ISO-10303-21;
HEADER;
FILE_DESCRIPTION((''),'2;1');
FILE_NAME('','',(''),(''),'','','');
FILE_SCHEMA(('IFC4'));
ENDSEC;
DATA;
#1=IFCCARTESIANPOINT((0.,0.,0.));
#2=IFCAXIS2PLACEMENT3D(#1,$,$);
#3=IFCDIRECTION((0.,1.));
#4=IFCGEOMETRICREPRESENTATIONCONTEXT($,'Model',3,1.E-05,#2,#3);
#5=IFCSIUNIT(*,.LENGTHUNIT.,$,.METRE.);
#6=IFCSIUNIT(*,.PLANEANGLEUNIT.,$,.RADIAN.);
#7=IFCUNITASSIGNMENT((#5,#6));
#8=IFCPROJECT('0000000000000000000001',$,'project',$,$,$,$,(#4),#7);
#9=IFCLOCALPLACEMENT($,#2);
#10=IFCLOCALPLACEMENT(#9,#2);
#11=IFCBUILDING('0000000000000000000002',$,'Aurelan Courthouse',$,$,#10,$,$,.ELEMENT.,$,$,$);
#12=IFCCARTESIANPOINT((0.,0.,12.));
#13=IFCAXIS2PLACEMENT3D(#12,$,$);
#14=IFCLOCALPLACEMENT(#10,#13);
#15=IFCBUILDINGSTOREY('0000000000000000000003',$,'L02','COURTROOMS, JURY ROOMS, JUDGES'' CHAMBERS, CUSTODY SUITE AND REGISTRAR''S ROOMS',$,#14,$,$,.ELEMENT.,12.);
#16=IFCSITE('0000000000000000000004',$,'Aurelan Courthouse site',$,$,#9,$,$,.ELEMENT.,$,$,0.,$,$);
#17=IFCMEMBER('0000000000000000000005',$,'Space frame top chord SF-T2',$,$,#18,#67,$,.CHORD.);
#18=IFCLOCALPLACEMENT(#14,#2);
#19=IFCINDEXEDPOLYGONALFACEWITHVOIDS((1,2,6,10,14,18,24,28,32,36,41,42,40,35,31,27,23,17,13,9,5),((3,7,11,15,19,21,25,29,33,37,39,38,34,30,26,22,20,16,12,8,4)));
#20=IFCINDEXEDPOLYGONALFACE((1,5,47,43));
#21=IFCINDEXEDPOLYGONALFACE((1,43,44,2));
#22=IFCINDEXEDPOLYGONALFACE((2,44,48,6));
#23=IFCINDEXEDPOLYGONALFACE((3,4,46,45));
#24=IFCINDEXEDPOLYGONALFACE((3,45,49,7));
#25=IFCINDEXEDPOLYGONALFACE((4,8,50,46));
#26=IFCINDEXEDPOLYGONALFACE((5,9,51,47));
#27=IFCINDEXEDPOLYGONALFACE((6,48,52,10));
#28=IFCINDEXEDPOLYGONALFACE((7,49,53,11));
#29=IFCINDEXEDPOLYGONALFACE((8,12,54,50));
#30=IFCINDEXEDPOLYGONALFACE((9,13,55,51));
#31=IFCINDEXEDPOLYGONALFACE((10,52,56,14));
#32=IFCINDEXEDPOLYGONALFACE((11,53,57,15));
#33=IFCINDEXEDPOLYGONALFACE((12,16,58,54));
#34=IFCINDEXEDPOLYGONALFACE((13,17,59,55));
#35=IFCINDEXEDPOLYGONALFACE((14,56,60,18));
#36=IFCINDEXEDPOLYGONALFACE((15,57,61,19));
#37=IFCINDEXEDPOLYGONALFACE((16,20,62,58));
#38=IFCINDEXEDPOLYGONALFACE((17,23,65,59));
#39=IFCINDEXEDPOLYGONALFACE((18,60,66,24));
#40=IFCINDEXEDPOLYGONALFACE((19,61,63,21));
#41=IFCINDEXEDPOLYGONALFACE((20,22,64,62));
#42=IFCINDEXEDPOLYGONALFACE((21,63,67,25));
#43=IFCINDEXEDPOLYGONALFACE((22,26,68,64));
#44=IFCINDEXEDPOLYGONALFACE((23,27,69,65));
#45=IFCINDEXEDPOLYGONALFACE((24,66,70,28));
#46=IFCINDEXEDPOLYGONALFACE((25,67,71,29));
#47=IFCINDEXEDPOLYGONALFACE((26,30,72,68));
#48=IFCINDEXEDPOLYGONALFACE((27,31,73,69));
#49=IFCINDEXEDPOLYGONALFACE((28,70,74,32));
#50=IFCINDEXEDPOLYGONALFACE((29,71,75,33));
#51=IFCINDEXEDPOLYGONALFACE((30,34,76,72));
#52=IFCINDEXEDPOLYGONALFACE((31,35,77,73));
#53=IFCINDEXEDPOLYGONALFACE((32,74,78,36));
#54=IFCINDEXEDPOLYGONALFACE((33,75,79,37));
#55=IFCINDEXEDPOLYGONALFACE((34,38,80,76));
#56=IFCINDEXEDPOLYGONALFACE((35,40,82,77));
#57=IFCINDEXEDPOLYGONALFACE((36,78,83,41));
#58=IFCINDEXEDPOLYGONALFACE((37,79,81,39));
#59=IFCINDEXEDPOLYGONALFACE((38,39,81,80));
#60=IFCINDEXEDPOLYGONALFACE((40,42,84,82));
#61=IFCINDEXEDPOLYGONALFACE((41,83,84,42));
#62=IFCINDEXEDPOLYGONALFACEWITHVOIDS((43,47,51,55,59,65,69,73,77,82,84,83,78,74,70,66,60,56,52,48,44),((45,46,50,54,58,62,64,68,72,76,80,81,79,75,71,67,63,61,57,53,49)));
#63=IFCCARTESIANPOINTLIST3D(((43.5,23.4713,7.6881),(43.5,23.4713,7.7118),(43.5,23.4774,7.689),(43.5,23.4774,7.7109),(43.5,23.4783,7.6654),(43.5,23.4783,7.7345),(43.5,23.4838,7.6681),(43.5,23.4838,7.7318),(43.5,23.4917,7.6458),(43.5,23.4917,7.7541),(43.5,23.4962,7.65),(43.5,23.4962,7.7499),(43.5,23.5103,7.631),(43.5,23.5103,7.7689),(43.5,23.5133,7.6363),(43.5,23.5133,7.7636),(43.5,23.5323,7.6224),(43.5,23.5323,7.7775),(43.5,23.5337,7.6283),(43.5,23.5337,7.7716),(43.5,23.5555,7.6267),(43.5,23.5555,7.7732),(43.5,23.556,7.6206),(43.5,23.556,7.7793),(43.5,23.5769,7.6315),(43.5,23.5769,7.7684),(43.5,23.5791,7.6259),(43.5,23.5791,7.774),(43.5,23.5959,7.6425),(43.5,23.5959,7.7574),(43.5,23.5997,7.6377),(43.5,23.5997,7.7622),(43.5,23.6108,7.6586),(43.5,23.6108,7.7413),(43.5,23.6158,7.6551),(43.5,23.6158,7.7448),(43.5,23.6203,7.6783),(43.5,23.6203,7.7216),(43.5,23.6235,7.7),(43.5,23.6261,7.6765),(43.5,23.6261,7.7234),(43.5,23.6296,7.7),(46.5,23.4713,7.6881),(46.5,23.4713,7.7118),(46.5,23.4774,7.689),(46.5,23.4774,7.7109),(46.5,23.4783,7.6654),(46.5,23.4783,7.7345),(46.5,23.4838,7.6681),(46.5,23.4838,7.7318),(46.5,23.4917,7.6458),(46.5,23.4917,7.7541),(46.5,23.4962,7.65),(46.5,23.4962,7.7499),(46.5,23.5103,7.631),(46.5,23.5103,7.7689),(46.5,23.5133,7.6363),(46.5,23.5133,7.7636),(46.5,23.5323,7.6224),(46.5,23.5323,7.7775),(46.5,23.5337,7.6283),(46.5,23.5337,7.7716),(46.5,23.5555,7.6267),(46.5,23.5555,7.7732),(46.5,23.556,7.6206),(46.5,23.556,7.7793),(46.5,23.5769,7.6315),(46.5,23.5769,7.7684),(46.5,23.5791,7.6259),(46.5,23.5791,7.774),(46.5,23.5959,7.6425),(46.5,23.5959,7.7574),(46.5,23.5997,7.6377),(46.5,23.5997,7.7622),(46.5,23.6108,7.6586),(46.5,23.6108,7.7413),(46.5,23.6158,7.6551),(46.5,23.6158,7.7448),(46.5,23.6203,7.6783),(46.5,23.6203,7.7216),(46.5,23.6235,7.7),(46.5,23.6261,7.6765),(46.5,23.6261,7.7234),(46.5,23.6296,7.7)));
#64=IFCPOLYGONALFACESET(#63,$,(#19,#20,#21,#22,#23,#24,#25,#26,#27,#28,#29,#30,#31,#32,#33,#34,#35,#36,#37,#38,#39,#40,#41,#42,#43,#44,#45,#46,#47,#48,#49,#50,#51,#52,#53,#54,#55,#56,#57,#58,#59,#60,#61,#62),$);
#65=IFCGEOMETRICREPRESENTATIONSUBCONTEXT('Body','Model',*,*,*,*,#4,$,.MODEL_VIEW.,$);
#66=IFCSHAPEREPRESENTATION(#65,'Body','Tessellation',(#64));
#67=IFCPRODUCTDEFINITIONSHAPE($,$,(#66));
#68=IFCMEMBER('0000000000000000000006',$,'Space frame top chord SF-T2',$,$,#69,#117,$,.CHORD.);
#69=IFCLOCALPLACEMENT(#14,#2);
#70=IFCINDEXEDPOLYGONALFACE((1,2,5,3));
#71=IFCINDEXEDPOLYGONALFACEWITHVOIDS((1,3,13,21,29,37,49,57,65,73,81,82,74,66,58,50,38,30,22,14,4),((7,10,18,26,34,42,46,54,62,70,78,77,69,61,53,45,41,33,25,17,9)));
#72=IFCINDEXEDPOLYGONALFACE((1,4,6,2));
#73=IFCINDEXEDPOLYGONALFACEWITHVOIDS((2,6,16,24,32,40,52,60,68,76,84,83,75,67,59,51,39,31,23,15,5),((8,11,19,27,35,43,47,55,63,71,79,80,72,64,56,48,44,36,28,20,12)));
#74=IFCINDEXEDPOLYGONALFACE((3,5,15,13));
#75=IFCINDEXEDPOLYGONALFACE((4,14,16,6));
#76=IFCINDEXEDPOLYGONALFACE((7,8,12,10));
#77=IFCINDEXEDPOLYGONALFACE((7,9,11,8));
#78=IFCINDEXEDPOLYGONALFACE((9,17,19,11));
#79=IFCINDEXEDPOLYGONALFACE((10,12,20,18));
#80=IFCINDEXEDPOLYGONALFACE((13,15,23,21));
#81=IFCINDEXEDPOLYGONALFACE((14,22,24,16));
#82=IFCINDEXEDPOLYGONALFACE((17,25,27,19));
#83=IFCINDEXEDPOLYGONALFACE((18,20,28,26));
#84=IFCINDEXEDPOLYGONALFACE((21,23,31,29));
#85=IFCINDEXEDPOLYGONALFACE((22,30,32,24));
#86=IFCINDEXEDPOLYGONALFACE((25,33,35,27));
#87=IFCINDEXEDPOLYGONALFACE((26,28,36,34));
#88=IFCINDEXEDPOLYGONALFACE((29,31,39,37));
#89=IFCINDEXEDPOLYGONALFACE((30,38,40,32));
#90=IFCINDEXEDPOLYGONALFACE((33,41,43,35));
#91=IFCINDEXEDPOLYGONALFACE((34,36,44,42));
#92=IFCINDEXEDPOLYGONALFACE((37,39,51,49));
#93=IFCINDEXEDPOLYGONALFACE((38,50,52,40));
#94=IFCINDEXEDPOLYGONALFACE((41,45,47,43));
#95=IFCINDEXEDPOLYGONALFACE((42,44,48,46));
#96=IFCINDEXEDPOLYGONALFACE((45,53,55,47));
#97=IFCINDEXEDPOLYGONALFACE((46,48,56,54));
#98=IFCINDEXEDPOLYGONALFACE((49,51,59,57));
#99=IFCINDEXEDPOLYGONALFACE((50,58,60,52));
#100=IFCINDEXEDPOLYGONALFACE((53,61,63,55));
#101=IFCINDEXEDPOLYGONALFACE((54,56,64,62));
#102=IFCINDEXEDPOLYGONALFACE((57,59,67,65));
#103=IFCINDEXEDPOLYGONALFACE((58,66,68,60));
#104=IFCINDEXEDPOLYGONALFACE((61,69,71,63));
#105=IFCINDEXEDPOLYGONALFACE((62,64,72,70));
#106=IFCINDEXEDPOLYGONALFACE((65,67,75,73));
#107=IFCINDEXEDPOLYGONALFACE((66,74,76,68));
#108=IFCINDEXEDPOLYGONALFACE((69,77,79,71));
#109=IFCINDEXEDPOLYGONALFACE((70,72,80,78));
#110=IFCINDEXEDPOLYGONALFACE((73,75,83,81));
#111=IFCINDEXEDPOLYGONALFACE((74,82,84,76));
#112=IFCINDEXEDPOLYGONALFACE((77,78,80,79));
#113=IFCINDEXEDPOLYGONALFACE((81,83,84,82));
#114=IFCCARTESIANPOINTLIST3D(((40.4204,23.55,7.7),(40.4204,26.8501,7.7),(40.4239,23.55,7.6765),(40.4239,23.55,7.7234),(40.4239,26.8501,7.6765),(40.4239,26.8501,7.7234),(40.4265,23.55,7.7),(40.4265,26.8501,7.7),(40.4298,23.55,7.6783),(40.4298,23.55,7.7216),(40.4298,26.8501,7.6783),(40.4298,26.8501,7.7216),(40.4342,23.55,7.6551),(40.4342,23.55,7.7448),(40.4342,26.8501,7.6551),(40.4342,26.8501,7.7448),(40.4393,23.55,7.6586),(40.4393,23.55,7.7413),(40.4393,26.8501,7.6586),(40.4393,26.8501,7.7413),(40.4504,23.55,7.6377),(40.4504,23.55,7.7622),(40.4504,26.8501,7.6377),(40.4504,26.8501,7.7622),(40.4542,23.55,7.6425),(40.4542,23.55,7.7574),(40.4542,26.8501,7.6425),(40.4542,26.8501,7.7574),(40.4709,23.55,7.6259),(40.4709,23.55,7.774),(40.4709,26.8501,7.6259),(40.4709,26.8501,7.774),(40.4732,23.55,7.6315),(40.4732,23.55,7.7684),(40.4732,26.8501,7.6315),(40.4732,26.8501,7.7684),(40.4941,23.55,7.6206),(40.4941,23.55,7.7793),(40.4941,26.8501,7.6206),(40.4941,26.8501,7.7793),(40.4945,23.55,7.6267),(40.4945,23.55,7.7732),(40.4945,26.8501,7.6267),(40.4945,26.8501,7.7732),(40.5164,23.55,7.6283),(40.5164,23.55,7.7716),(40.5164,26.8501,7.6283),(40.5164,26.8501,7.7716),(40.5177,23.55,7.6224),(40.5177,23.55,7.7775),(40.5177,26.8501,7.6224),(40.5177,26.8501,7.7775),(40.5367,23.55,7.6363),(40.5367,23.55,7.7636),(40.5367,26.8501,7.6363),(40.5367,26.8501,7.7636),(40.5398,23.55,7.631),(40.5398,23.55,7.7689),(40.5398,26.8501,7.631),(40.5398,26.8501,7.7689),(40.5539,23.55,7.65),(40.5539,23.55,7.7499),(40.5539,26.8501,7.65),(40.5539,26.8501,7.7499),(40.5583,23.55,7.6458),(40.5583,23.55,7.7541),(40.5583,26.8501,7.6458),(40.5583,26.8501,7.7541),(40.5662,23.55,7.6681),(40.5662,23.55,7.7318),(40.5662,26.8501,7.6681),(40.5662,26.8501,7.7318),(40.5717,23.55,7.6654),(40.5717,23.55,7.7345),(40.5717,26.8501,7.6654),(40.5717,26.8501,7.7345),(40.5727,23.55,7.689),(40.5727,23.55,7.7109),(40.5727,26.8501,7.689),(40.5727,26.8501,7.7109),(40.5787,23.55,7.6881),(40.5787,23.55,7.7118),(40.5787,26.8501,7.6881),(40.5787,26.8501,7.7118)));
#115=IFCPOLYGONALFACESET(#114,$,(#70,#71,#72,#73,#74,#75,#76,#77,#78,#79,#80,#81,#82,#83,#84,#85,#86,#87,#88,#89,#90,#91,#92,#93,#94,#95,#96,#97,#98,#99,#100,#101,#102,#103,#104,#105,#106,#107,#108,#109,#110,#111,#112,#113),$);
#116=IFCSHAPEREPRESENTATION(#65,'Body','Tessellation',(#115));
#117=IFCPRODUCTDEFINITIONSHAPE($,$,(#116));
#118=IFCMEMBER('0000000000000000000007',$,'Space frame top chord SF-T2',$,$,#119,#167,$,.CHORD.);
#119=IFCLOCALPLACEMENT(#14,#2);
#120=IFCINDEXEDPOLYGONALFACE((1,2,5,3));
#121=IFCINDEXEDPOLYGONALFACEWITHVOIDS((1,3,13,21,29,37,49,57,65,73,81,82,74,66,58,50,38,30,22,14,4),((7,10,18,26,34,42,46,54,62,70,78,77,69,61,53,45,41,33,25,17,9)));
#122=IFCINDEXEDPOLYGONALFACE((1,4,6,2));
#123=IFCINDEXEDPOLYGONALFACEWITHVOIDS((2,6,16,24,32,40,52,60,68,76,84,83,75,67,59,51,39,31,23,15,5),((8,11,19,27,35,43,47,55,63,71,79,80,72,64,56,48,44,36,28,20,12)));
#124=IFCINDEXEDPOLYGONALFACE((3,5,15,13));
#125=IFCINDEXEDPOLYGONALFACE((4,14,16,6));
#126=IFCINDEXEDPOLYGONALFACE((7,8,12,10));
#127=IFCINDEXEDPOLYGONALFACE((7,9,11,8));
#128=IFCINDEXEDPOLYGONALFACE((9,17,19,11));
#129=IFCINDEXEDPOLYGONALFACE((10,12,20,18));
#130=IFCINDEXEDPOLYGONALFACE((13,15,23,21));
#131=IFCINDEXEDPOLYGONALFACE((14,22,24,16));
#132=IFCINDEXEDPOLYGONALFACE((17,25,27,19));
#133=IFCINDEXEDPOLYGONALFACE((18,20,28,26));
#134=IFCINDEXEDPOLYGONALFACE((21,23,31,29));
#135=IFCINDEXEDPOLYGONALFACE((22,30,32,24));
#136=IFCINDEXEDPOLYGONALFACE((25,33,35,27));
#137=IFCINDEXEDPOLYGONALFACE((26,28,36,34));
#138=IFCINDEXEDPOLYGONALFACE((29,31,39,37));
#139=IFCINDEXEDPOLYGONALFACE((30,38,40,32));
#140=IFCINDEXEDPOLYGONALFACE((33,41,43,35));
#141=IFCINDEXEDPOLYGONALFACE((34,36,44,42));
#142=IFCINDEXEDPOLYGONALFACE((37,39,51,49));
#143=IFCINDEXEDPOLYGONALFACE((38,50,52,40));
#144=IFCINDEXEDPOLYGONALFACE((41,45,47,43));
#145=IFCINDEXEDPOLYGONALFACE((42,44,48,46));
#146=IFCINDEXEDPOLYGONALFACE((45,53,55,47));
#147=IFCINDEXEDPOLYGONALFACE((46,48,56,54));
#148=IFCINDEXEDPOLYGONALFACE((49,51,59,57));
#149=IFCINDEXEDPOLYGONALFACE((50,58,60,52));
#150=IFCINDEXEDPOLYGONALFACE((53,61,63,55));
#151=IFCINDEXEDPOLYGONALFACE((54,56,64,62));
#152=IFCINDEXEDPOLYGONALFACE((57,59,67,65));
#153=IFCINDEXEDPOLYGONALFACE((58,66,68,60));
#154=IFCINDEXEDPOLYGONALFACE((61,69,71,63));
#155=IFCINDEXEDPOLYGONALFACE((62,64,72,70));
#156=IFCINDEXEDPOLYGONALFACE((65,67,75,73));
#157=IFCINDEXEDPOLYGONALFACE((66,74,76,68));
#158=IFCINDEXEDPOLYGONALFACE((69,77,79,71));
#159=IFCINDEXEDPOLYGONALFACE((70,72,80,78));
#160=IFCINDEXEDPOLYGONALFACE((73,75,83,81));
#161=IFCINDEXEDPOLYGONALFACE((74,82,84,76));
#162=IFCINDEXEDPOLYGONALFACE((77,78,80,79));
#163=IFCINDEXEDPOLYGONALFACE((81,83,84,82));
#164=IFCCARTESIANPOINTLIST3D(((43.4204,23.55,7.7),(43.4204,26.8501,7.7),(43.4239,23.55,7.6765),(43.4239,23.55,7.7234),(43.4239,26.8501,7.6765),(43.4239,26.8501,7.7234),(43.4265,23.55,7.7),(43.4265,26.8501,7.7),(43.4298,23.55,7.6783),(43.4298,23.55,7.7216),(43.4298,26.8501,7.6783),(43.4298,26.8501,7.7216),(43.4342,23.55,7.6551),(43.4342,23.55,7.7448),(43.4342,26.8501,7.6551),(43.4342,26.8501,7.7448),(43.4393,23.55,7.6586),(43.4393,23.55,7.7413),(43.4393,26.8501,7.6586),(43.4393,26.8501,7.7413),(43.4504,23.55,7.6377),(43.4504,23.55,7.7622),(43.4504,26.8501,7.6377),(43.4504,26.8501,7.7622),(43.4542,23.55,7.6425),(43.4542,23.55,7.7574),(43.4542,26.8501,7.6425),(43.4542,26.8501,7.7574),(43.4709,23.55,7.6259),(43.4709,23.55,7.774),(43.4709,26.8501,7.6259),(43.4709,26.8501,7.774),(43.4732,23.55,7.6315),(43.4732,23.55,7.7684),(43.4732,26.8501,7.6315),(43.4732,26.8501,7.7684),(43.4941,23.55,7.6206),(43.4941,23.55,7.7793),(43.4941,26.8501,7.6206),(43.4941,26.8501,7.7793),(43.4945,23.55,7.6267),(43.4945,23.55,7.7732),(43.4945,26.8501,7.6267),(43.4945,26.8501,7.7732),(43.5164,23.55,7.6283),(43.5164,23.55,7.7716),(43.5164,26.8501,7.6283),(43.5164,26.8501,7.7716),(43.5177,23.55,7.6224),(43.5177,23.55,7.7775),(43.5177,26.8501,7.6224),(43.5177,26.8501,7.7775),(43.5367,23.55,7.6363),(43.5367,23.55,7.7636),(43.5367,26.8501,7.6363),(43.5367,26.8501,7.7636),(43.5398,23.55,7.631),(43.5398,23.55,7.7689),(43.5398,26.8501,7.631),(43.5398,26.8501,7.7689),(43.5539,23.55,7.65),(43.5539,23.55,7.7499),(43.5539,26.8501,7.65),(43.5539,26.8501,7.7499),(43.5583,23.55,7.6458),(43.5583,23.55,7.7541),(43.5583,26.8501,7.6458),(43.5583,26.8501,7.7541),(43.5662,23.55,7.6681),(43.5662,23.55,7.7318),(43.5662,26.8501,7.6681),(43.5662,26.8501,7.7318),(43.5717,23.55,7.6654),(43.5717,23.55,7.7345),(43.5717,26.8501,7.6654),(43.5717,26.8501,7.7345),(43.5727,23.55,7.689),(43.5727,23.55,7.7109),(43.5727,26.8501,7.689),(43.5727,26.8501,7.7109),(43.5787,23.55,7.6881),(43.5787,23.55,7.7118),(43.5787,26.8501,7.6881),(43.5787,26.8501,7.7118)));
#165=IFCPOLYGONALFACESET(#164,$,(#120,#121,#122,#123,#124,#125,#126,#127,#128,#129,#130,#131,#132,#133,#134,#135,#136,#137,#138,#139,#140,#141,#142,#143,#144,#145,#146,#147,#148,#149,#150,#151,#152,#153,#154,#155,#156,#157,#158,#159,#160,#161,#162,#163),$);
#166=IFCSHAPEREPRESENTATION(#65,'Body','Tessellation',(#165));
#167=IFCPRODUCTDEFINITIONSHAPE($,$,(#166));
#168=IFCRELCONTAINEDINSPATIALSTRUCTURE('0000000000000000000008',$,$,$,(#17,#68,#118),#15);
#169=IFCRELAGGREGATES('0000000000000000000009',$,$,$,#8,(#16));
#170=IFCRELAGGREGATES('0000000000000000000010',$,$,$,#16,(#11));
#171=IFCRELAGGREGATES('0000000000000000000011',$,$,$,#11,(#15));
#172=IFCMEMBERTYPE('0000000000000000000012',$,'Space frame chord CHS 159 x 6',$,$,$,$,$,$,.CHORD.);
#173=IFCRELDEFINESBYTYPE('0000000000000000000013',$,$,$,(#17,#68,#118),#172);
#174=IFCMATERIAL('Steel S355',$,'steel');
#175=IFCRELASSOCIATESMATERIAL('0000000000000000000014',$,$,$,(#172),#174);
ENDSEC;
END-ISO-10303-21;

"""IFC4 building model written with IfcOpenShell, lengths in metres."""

from ifc_helpers import new_model, si_unit, direction, frame, origin, origin_2d, place, context, subcontext, project, spatial, hollow_circle, extrude, material, material_profile, profile_set, type_object, element, save


model = new_model("IFC4")

# Units and contexts
model_context = context("Model", 3, precision=1e-05, world=origin(), true_north=direction((0.0, 1.0)))
body_context = subcontext(model_context, "Body", "Model", "MODEL_VIEW")
ifc_project = project(units=[si_unit("LENGTHUNIT", "METRE"), si_unit("PLANEANGLEUNIT", "RADIAN")], contexts=[model_context])

# Site, building, storey
site_placement = place(None, origin())
site = spatial("IfcSite", under=ifc_project, at=site_placement, Name="Aurelan Courthouse site", CompositionType="ELEMENT", RefElevation=0.0)
building_placement = place(site_placement, origin())
building = spatial("IfcBuilding", under=site, at=building_placement, Name="Aurelan Courthouse", CompositionType="ELEMENT")
storey_placement = place(building_placement, frame((0.0, 0.0, 12.0)))
storey = spatial("IfcBuildingStorey", under=building, at=storey_placement, Name="L02", Description="COURTROOMS, JURY ROOMS, JUDGES' CHAMBERS, CUSTODY SUITE AND REGISTRAR'S ROOMS", CompositionType="ELEMENT", Elevation=12.0)

# Members
ifc_material_1 = material(Name="Steel S355", Category="steel")
ifc_material_profile_1 = material_profile(ifc_material_1, hollow_circle(Radius=0.0796, WallThickness=0.0061, at=origin_2d()), Name="CHS 159 x 6")
ifc_profile_set_1 = profile_set([ifc_material_profile_1], Name="Steel S355")
member_type_1 = type_object("IfcMemberType", Name="Space frame chord CHS 159 x 6", PredefinedType="CHORD", material=ifc_profile_set_1)
for number, where, z_axis, x_axis, name in (
    (1, (43.5, 23.55, 7.7), (1.0, 0.0, 0.0), (0.0, 1.0, 0.0), "Space frame top chord SF-T2"),
):
    element("IfcMember", number, at=place(storey_placement, frame(where, z_axis=z_axis, x_axis=x_axis)), inside=storey, type_object=member_type_1, Name=name, PredefinedType="CHORD", context=body_context, shape_type="SweptSolid", body=[
        extrude(hollow_circle(Radius=0.0796, WallThickness=0.0061, at=origin_2d()), origin(), (0.0, 0.0, 1.0), 3.0),
    ])
for number, where, z_axis, x_axis, name in (
    (2, (40.5, 23.55, 7.7), (0.0, 1.0, 0.0), (-1.0, 0.0, 0.0), "Space frame top chord SF-T2"),
    (3, (43.5, 23.55, 7.7), (0.0, 1.0, 0.0), (-1.0, 0.0, 0.0), "Space frame top chord SF-T2"),
):
    element("IfcMember", number, at=place(storey_placement, frame(where, z_axis=z_axis, x_axis=x_axis)), inside=storey, type_object=member_type_1, Name=name, PredefinedType="CHORD", context=body_context, shape_type="SweptSolid", body=[
        extrude(hollow_circle(Radius=0.0796, WallThickness=0.0061, at=origin_2d()), origin(), (0.0, 0.0, 1.0), 3.3),
    ])

save(model, "model.ifc")
